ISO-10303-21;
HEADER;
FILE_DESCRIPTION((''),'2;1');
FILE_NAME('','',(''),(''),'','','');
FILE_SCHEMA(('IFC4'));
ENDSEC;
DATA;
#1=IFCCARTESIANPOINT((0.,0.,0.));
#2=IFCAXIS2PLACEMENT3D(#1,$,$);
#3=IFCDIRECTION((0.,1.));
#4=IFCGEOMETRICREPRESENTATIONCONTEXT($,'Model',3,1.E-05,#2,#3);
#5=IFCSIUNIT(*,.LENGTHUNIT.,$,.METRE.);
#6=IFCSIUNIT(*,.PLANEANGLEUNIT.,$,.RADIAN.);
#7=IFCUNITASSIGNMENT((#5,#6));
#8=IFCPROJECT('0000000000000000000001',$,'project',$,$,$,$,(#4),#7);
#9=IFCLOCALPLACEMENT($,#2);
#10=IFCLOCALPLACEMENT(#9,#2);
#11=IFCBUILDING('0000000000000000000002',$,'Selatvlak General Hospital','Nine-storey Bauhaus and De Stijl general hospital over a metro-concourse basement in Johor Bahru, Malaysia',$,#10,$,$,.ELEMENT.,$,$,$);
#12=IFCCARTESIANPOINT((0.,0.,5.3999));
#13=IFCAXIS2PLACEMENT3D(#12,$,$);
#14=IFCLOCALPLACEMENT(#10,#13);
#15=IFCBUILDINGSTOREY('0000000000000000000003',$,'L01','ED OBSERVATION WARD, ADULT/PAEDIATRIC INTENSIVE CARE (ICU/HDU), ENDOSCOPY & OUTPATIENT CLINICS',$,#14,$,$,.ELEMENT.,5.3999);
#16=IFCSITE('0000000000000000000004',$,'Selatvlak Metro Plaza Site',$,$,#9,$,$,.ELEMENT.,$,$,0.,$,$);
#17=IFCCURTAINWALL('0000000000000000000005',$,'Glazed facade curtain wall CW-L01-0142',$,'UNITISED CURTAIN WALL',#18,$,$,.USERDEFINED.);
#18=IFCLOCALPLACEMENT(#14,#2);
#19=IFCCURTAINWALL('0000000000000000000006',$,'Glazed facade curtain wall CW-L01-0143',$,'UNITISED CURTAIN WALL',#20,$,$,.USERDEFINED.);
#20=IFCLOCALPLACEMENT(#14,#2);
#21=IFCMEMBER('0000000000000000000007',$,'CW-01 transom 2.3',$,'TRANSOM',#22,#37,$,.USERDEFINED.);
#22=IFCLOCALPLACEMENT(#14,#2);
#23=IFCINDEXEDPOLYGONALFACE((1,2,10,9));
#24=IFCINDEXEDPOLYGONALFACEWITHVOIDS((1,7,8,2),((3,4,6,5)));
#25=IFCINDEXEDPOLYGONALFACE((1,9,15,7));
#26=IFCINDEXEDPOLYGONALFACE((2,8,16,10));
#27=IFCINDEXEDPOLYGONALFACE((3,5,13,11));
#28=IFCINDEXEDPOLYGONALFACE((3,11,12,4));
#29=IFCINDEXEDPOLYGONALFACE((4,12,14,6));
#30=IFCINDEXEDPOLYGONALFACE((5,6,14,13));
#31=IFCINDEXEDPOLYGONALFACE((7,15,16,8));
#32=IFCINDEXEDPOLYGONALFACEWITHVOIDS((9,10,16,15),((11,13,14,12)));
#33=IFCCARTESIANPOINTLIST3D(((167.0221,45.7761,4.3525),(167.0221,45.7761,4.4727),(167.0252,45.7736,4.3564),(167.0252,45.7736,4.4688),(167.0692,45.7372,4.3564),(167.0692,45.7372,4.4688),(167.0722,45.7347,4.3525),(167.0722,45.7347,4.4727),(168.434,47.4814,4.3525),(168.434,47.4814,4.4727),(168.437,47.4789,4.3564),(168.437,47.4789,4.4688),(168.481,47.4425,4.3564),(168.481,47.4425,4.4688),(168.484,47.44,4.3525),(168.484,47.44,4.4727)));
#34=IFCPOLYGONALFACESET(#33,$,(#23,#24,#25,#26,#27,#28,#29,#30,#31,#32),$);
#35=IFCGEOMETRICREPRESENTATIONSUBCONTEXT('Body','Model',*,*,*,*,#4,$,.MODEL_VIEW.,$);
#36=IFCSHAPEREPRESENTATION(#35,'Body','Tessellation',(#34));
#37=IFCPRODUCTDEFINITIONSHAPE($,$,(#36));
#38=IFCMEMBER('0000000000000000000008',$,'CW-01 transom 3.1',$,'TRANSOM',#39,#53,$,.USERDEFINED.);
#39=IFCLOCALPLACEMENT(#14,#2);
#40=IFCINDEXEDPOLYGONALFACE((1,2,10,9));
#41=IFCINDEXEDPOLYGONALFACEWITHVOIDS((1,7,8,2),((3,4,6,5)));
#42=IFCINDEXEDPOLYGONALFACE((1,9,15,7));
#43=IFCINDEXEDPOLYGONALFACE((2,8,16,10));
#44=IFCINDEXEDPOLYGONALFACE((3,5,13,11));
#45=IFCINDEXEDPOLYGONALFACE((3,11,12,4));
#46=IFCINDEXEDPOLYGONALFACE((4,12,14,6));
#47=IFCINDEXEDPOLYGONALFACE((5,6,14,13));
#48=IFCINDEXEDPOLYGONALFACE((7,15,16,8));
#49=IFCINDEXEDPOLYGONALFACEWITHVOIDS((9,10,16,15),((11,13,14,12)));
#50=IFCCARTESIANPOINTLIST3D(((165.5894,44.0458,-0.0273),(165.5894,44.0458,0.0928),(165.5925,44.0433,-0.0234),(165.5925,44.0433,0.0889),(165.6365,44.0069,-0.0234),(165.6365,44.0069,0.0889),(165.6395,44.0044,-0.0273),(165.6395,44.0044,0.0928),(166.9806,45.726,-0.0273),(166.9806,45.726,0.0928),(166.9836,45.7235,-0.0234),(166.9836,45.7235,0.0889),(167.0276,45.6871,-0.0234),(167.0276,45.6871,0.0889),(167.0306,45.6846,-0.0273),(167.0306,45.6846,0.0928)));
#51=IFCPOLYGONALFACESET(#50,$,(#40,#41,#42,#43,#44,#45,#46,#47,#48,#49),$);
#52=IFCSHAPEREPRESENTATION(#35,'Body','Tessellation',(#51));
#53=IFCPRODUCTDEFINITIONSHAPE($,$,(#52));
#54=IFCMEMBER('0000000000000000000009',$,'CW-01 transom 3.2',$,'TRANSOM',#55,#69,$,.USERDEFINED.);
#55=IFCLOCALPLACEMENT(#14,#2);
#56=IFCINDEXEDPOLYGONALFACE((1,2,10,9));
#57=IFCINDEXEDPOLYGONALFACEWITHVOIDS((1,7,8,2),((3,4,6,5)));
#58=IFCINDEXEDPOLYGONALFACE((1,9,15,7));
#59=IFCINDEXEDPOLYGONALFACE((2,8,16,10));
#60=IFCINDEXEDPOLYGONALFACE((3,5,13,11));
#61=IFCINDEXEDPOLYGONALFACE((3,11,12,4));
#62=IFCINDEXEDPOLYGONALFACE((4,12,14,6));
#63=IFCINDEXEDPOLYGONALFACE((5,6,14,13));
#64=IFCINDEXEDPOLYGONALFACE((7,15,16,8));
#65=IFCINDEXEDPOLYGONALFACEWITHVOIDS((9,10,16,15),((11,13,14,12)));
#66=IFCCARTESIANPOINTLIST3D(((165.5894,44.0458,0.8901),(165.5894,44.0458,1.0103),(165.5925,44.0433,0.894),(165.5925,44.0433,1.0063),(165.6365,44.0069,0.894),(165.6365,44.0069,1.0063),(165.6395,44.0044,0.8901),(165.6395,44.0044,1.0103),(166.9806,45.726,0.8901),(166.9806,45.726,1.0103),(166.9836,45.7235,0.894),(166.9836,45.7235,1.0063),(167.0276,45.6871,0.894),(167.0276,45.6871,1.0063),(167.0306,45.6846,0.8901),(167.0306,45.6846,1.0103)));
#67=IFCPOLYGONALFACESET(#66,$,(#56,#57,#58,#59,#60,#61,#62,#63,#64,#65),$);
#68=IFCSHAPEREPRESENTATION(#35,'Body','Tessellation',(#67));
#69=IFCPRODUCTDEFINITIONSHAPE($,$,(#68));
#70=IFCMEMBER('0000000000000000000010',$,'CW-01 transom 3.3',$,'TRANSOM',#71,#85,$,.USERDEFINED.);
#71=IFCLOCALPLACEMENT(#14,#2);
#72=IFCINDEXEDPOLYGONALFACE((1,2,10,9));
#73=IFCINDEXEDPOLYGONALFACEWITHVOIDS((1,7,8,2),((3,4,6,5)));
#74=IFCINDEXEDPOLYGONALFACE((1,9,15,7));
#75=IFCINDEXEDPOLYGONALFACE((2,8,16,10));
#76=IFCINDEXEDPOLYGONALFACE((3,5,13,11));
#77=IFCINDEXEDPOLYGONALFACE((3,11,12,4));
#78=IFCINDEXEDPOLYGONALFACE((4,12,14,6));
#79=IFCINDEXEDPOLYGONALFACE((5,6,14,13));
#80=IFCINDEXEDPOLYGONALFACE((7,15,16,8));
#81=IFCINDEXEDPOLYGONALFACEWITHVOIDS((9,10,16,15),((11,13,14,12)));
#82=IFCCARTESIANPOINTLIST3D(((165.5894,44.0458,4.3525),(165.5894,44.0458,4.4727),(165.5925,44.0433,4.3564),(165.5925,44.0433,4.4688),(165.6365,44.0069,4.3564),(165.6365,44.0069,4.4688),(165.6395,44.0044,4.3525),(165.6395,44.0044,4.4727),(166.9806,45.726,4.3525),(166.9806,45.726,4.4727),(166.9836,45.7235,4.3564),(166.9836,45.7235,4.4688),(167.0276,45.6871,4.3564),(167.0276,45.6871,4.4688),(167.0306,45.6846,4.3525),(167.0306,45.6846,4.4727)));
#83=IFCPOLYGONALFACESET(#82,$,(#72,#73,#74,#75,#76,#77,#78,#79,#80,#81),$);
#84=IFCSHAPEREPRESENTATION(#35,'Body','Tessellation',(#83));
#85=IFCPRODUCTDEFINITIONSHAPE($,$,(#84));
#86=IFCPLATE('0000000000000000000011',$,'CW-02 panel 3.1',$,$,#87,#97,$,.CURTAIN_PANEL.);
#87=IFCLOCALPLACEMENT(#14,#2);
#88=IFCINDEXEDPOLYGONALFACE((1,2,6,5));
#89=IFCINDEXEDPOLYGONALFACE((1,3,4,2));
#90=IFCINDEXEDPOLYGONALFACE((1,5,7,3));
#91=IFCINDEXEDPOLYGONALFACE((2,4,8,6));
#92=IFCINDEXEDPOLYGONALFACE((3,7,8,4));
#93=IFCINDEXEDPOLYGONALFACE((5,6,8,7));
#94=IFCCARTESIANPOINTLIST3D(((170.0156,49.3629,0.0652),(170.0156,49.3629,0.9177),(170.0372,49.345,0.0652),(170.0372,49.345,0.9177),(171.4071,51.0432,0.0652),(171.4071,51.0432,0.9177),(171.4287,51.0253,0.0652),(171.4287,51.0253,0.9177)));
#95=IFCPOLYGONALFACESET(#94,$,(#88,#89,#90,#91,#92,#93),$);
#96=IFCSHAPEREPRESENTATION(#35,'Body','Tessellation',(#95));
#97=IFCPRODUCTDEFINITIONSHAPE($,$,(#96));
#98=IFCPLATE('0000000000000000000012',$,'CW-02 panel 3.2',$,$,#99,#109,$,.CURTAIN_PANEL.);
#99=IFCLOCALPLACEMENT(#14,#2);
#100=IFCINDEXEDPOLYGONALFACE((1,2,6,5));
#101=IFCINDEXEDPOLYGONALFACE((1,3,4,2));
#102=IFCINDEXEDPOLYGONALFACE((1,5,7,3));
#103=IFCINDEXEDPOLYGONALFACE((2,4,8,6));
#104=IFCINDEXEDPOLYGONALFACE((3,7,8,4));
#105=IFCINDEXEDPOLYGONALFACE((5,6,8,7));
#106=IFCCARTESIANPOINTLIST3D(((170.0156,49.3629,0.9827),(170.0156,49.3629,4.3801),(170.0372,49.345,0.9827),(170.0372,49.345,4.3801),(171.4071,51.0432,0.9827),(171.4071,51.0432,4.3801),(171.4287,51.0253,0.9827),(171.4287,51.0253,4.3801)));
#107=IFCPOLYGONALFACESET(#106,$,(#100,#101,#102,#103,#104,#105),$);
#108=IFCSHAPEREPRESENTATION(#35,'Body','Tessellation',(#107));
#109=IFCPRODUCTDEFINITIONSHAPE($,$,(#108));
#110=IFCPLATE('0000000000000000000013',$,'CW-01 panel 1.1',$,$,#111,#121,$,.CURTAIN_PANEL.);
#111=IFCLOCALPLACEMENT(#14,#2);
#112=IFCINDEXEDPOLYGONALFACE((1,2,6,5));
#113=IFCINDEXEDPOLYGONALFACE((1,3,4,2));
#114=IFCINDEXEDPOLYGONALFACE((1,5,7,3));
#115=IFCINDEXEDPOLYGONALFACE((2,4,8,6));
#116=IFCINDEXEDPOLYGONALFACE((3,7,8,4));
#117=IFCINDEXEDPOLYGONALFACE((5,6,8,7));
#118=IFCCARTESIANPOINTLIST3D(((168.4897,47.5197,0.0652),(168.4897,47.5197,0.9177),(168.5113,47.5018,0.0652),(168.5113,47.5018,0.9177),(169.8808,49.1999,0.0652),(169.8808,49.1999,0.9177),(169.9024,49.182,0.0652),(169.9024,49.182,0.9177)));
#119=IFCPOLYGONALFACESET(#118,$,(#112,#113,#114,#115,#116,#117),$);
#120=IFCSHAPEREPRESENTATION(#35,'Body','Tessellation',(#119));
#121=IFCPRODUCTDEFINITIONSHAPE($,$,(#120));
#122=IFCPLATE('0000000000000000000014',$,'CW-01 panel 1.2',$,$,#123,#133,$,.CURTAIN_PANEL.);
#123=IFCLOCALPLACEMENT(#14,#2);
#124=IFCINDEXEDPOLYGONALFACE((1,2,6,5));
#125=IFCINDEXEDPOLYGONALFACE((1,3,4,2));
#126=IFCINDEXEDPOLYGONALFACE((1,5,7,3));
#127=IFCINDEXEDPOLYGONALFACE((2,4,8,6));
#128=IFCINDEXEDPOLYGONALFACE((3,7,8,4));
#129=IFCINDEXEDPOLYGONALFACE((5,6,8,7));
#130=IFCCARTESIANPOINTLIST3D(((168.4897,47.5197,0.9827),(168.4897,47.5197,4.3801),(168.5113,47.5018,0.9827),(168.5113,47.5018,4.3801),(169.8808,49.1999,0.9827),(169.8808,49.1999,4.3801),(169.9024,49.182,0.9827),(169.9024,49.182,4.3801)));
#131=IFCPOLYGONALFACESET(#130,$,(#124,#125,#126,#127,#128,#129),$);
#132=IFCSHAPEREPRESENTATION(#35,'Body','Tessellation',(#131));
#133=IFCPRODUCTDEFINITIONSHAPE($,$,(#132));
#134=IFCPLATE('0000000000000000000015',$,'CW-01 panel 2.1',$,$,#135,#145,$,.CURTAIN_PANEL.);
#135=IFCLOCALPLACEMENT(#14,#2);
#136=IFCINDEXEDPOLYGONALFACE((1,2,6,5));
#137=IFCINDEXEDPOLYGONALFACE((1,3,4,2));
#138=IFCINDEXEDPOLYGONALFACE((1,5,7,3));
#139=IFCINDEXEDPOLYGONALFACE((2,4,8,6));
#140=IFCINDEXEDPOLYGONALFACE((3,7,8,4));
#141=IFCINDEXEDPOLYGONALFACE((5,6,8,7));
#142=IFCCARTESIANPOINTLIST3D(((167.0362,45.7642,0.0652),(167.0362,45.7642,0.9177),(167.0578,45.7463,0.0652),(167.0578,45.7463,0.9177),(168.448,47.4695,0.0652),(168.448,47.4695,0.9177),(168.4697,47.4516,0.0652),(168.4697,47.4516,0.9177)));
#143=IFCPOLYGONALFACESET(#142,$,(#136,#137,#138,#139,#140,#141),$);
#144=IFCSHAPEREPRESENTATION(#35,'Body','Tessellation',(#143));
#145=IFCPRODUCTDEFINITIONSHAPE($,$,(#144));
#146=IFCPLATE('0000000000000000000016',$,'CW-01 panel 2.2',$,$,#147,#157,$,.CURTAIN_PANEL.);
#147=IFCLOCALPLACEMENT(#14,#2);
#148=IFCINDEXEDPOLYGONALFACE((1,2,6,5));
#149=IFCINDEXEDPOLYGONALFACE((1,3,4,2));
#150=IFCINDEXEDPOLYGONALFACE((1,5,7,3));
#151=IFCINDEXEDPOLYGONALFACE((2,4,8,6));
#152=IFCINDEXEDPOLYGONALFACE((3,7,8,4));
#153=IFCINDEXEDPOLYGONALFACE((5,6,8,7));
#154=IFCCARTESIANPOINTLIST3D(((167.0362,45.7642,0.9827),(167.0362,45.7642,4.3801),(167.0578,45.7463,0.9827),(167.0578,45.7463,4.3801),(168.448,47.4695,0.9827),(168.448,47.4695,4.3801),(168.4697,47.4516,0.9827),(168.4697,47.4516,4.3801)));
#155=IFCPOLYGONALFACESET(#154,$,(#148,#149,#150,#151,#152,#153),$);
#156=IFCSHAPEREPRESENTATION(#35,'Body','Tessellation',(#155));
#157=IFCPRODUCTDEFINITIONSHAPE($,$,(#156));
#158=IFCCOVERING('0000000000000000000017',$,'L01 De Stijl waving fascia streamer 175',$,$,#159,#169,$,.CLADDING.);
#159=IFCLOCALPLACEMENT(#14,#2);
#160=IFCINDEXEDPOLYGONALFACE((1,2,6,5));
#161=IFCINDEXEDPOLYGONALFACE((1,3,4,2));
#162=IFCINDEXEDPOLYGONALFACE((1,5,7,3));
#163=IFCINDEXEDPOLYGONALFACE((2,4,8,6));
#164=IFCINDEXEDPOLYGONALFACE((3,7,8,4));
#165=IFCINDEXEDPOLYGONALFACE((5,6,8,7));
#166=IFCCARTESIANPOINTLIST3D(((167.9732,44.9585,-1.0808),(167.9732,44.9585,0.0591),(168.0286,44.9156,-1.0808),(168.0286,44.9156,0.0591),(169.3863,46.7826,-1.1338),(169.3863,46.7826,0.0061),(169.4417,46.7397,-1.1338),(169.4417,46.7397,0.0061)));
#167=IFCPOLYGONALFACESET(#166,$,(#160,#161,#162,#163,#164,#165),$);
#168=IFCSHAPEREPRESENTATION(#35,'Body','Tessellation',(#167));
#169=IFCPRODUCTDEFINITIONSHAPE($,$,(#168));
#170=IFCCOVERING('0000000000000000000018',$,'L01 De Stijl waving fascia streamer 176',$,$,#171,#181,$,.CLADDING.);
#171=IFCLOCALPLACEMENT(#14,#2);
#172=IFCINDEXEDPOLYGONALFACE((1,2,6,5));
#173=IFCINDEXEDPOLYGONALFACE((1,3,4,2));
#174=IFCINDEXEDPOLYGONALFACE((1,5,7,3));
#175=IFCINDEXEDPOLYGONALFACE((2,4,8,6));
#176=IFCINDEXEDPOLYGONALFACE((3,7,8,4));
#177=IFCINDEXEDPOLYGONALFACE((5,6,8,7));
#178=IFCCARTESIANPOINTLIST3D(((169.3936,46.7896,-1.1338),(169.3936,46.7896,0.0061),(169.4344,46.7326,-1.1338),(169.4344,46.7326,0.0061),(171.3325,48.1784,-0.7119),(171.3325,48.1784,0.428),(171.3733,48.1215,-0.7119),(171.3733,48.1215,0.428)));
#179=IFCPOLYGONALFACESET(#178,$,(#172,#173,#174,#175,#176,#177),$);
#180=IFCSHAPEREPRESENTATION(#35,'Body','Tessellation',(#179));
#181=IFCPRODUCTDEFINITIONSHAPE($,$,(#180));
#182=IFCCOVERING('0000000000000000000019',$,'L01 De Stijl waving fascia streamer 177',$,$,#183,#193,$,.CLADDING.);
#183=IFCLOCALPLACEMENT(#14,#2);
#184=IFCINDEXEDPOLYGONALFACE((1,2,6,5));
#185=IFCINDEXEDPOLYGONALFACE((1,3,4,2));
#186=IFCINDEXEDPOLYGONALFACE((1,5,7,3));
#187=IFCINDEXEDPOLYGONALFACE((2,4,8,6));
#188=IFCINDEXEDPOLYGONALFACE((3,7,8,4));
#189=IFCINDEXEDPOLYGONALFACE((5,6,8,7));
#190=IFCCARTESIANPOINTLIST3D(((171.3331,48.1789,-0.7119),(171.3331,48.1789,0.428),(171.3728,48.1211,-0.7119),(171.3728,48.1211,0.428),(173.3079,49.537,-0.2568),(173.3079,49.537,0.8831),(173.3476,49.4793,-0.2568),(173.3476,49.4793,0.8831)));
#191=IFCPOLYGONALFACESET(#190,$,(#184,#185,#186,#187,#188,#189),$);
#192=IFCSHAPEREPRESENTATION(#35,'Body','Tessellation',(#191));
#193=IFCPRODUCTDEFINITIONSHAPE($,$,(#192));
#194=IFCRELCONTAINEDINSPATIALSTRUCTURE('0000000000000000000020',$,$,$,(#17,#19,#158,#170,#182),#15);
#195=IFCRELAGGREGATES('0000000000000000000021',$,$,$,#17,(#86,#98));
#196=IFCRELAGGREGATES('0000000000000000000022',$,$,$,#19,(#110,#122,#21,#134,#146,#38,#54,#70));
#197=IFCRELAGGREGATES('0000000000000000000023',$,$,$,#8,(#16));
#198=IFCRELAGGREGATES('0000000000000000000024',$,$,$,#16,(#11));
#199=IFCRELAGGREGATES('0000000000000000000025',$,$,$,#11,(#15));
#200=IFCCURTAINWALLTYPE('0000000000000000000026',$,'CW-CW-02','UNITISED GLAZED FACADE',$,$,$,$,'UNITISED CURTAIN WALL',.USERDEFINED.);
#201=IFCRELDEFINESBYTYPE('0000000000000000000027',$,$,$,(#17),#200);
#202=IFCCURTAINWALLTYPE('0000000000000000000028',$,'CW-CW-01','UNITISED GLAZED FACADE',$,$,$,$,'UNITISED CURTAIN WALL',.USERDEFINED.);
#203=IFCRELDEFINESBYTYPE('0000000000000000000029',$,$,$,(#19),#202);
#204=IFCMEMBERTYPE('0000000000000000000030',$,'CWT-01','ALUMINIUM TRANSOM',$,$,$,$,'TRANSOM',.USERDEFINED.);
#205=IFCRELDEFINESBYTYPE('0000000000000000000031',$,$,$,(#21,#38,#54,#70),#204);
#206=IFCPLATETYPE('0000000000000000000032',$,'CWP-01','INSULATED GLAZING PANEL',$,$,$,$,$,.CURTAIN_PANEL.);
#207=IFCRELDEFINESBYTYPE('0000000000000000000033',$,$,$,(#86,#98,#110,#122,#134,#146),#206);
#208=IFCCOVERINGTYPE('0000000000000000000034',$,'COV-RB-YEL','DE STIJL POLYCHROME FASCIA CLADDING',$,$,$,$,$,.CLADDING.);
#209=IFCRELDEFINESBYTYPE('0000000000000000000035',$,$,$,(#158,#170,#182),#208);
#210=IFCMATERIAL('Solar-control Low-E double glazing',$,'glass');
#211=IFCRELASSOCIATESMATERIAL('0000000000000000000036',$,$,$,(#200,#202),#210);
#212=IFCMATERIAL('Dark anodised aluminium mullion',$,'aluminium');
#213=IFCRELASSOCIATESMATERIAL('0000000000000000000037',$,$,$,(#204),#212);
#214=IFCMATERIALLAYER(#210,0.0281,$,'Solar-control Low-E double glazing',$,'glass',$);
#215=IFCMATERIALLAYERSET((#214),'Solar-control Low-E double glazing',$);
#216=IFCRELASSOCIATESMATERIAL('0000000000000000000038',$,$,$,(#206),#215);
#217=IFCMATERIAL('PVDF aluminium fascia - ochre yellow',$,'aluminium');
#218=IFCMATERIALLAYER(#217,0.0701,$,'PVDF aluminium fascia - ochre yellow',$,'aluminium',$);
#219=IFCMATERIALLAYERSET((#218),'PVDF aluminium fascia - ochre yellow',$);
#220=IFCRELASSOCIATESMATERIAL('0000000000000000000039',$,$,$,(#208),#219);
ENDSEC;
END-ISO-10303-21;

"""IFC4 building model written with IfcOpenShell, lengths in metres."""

from ifc_helpers import new_model, si_unit, direction, frame, origin, origin_2d, place, context, subcontext, project, spatial, polyline, rectangle, hollow_rectangle, outline, extrude, material, layer, layer_set, material_profile, profile_set, type_object, element, aggregate, save


model = new_model("IFC4")

# Units and contexts
model_context = context("Model", 3, precision=1e-05, world=origin(), true_north=direction((0.0, 1.0)))
body_context = subcontext(model_context, "Body", "Model", "MODEL_VIEW")
ifc_project = project(units=[si_unit("LENGTHUNIT", "METRE"), si_unit("PLANEANGLEUNIT", "RADIAN")], contexts=[model_context])

# Site, building, storey
site_placement = place(None, origin())
site = spatial("IfcSite", under=ifc_project, at=site_placement, Name="Selatvlak Metro Plaza Site", CompositionType="ELEMENT", RefElevation=0.0)
building_placement = place(site_placement, origin())
building = spatial("IfcBuilding", under=site, at=building_placement, Name="Selatvlak General Hospital", Description="Nine-storey Bauhaus and De Stijl general hospital over a metro-concourse basement in Johor Bahru, Malaysia", CompositionType="ELEMENT")
storey_placement = place(building_placement, frame((0.0, 0.0, 5.3999)))
storey = spatial("IfcBuildingStorey", under=building, at=storey_placement, Name="L01", Description="ED OBSERVATION WARD, ADULT/PAEDIATRIC INTENSIVE CARE (ICU/HDU), ENDOSCOPY & OUTPATIENT CLINICS", CompositionType="ELEMENT", Elevation=5.3999)

# Curtain wall
ifc_material_1 = material(Name="Solar-control Low-E double glazing", Category="glass")
curtain_wall_type_1 = type_object("IfcCurtainWallType", Name="CW-CW-02", Description="UNITISED GLAZED FACADE", ElementType="UNITISED CURTAIN WALL", PredefinedType="USERDEFINED", material=ifc_material_1)
curtain_wall_1_placement = place(storey_placement, origin())
curtain_wall_1 = element("IfcCurtainWall", 1, at=curtain_wall_1_placement, inside=storey, type_object=curtain_wall_type_1, Name="Glazed facade curtain wall CW-L01-0142", ObjectType="UNITISED CURTAIN WALL", PredefinedType="USERDEFINED")
ifc_material_2 = material(Name="Dark anodised aluminium mullion", Category="aluminium")

# Curtain wall
curtain_wall_type_2 = type_object("IfcCurtainWallType", Name="CW-CW-01", Description="UNITISED GLAZED FACADE", ElementType="UNITISED CURTAIN WALL", PredefinedType="USERDEFINED", material=ifc_material_1)
curtain_wall_2_placement = place(storey_placement, origin())
curtain_wall_2 = element("IfcCurtainWall", 2, at=curtain_wall_2_placement, inside=storey, type_object=curtain_wall_type_2, Name="Glazed facade curtain wall CW-L01-0143", ObjectType="UNITISED CURTAIN WALL", PredefinedType="USERDEFINED")

# Members
ifc_material_profile_1 = material_profile(ifc_material_2, hollow_rectangle(XDim=0.0649, YDim=0.1201, WallThickness=0.0039, at=origin_2d()), Name="AL-TRN 65x120x4")
ifc_profile_set_1 = profile_set([ifc_material_profile_1], Name="Dark anodised aluminium mullion")
member_type_1 = type_object("IfcMemberType", Name="CWT-01", Description="ALUMINIUM TRANSOM", ElementType="TRANSOM", PredefinedType="USERDEFINED", material=ifc_profile_set_1)
member_1_placement = place(storey_placement, frame((168.459, 47.4607, 4.4126), z_axis=(-0.637719, -0.770269, 0.0), x_axis=(0.770269, -0.637719, 0.0)))
member_1 = element("IfcMember", 3, at=member_1_placement, type_object=member_type_1, Name="CW-01 transom 2.3", ObjectType="TRANSOM", PredefinedType="USERDEFINED", context=body_context, shape_type="SweptSolid", body=[
    extrude(hollow_rectangle(XDim=0.0649, YDim=0.1201, WallThickness=0.0039, at=origin_2d()), origin(), (0.0, 0.0, 1.0), 2.2139),
])
member_2_placement = place(storey_placement, frame((167.0056, 45.7053, 0.0327), z_axis=(-0.637737, -0.770254, 0.0), x_axis=(0.770254, -0.637737, 0.0)))
member_2 = element("IfcMember", 4, at=member_2_placement, type_object=member_type_1, Name="CW-01 transom 3.1", ObjectType="TRANSOM", PredefinedType="USERDEFINED", context=body_context, shape_type="SweptSolid", body=[
    extrude(hollow_rectangle(XDim=0.0649, YDim=0.1201, WallThickness=0.0039, at=origin_2d()), origin(), (0.0, 0.0, 1.0), 2.1814),
])
member_3_placement = place(storey_placement, frame((167.0056, 45.7053, 0.9502), z_axis=(-0.637737, -0.770254, 0.0), x_axis=(0.770254, -0.637737, 0.0)))
member_3 = element("IfcMember", 5, at=member_3_placement, type_object=member_type_1, Name="CW-01 transom 3.2", ObjectType="TRANSOM", PredefinedType="USERDEFINED", context=body_context, shape_type="SweptSolid", body=[
    extrude(hollow_rectangle(XDim=0.0649, YDim=0.1201, WallThickness=0.0039, at=origin_2d()), origin(), (0.0, 0.0, 1.0), 2.1814),
])
member_4_placement = place(storey_placement, frame((167.0056, 45.7053, 4.4126), z_axis=(-0.637737, -0.770254, 0.0), x_axis=(0.770254, -0.637737, 0.0)))
member_4 = element("IfcMember", 6, at=member_4_placement, type_object=member_type_1, Name="CW-01 transom 3.3", ObjectType="TRANSOM", PredefinedType="USERDEFINED", context=body_context, shape_type="SweptSolid", body=[
    extrude(hollow_rectangle(XDim=0.0649, YDim=0.1201, WallThickness=0.0039, at=origin_2d()), origin(), (0.0, 0.0, 1.0), 2.1814),
])

# Plates
ifc_layer_1 = layer(ifc_material_1, 0.0281, Name="Solar-control Low-E double glazing", Category="glass")
ifc_layer_set_1 = layer_set([ifc_layer_1], Name="Solar-control Low-E double glazing")
plate_type = type_object("IfcPlateType", Name="CWP-01", Description="INSULATED GLAZING PANEL", PredefinedType="CURTAIN_PANEL", material=ifc_layer_set_1)
plate_1_placement = place(storey_placement, frame((170.7222, 50.1941, 0.0652), z_axis=(0.0, 0.0, 1.0), x_axis=(-0.637822, -0.770184, 0.0)))
plate_1 = element("IfcPlate", 7, at=plate_1_placement, type_object=plate_type, Name="CW-02 panel 3.1", PredefinedType="CURTAIN_PANEL", context=body_context, shape_type="SweptSolid", body=[
    extrude(rectangle(XDim=2.1816, YDim=0.0281, at=origin_2d()), origin(), (0.0, 0.0, 1.0), 0.8525),
])
plate_2_placement = place(storey_placement, frame((170.7222, 50.1941, 0.9827), z_axis=(0.0, 0.0, 1.0), x_axis=(-0.637822, -0.770184, 0.0)))
plate_2 = element("IfcPlate", 8, at=plate_2_placement, type_object=plate_type, Name="CW-02 panel 3.2", PredefinedType="CURTAIN_PANEL", context=body_context, shape_type="SweptSolid", body=[
    extrude(rectangle(XDim=2.1816, YDim=0.0281, at=origin_2d()), origin(), (0.0, 0.0, 1.0), 3.3975),
])
aggregate(curtain_wall_1, [plate_1, plate_2])
plate_3_placement = place(storey_placement, frame((169.196, 48.3508, 0.0652), z_axis=(0.0, 0.0, 1.0), x_axis=(-0.637735, -0.770256, 0.0)))
plate_3 = element("IfcPlate", 9, at=plate_3_placement, type_object=plate_type, Name="CW-01 panel 1.1", PredefinedType="CURTAIN_PANEL", context=body_context, shape_type="SweptSolid", body=[
    extrude(rectangle(XDim=2.1814, YDim=0.0281, at=origin_2d()), origin(), (0.0, 0.0, 1.0), 0.8525),
])
plate_4_placement = place(storey_placement, frame((169.196, 48.3508, 0.9827), z_axis=(0.0, 0.0, 1.0), x_axis=(-0.637735, -0.770256, 0.0)))
plate_4 = element("IfcPlate", 10, at=plate_4_placement, type_object=plate_type, Name="CW-01 panel 1.2", PredefinedType="CURTAIN_PANEL", context=body_context, shape_type="SweptSolid", body=[
    extrude(rectangle(XDim=2.1814, YDim=0.0281, at=origin_2d()), origin(), (0.0, 0.0, 1.0), 3.3975),
])
plate_5_placement = place(storey_placement, frame((167.7529, 46.6079, 0.0652), z_axis=(0.0, 0.0, 1.0), x_axis=(-0.637735, -0.770256, 0.0)))
plate_5 = element("IfcPlate", 11, at=plate_5_placement, type_object=plate_type, Name="CW-01 panel 2.1", PredefinedType="CURTAIN_PANEL", context=body_context, shape_type="SweptSolid", body=[
    extrude(rectangle(XDim=2.2139, YDim=0.0281, at=origin_2d()), origin(), (0.0, 0.0, 1.0), 0.8525),
])
plate_6_placement = place(storey_placement, frame((167.7529, 46.6079, 0.9827), z_axis=(0.0, 0.0, 1.0), x_axis=(-0.637735, -0.770256, 0.0)))
plate_6 = element("IfcPlate", 12, at=plate_6_placement, type_object=plate_type, Name="CW-01 panel 2.2", PredefinedType="CURTAIN_PANEL", context=body_context, shape_type="SweptSolid", body=[
    extrude(rectangle(XDim=2.2139, YDim=0.0281, at=origin_2d()), origin(), (0.0, 0.0, 1.0), 3.3975),
])
aggregate(curtain_wall_2, [plate_3, plate_4, member_1, plate_5, plate_6, member_2, member_3, member_4])

# Coverings
ifc_material_3 = material(Name="PVDF aluminium fascia - ochre yellow", Category="aluminium")
ifc_layer_2 = layer(ifc_material_3, 0.0701, Name="PVDF aluminium fascia - ochre yellow", Category="aluminium")
ifc_layer_set_2 = layer_set([ifc_layer_2], Name="PVDF aluminium fascia - ochre yellow")
covering_type = type_object("IfcCoveringType", Name="COV-RB-YEL", Description="DE STIJL POLYCHROME FASCIA CLADDING", PredefinedType="CLADDING", material=ifc_layer_set_2)
covering_1_placement = place(storey_placement, frame((168.001, 44.937, -1.0808), z_axis=(0.0, 0.0, 1.0), x_axis=(0.612438, 0.790519, 0.0)))
element("IfcCovering", 13, at=covering_1_placement, inside=storey, type_object=covering_type, Name="L01 De Stijl waving fascia streamer 175", PredefinedType="CLADDING", context=body_context, shape_type="SweptSolid", body=[
    extrude(outline(polyline([(0.0, 0.0), (2.3074, -0.053), (2.3074, 1.0869), (0.0, 1.1399), (0.0, 0.0)])), frame((0.0, 0.0352, 0.0), z_axis=(0.0, -1.0, 0.0), x_axis=(1.0, 0.0, 0.0)), (0.0, 0.0, 1.0), 0.0701),
])
covering_2_placement = place(storey_placement, frame((169.4141, 46.761, -1.1338), z_axis=(0.0, 0.0, 1.0), x_axis=(0.812951, 0.582332, 0.0)))
element("IfcCovering", 14, at=covering_2_placement, inside=storey, type_object=covering_type, Name="L01 De Stijl waving fascia streamer 176", PredefinedType="CLADDING", context=body_context, shape_type="SweptSolid", body=[
    extrude(outline(polyline([(0.0, 0.0), (2.385, 0.4219), (2.385, 1.5618), (0.0, 1.1399), (0.0, 0.0)])), frame((0.0, 0.0352, 0.0), z_axis=(0.0, -1.0, 0.0), x_axis=(1.0, 0.0, 0.0)), (0.0, 0.0, 1.0), 0.0701),
])
covering_3_placement = place(storey_placement, frame((171.353, 48.1499, -0.7119), z_axis=(0.0, 0.0, 1.0), x_axis=(0.823956, 0.566654, 0.0)))
element("IfcCovering", 15, at=covering_3_placement, inside=storey, type_object=covering_type, Name="L01 De Stijl waving fascia streamer 177", PredefinedType="CLADDING", context=body_context, shape_type="SweptSolid", body=[
    extrude(outline(polyline([(0.0, 0.0), (2.3967, 0.4551), (2.3967, 1.595), (0.0, 1.1399), (0.0, 0.0)])), frame((0.0, 0.0352, 0.0), z_axis=(0.0, -1.0, 0.0), x_axis=(1.0, 0.0, 0.0)), (0.0, 0.0, 1.0), 0.0701),
])

save(model, "model.ifc")
